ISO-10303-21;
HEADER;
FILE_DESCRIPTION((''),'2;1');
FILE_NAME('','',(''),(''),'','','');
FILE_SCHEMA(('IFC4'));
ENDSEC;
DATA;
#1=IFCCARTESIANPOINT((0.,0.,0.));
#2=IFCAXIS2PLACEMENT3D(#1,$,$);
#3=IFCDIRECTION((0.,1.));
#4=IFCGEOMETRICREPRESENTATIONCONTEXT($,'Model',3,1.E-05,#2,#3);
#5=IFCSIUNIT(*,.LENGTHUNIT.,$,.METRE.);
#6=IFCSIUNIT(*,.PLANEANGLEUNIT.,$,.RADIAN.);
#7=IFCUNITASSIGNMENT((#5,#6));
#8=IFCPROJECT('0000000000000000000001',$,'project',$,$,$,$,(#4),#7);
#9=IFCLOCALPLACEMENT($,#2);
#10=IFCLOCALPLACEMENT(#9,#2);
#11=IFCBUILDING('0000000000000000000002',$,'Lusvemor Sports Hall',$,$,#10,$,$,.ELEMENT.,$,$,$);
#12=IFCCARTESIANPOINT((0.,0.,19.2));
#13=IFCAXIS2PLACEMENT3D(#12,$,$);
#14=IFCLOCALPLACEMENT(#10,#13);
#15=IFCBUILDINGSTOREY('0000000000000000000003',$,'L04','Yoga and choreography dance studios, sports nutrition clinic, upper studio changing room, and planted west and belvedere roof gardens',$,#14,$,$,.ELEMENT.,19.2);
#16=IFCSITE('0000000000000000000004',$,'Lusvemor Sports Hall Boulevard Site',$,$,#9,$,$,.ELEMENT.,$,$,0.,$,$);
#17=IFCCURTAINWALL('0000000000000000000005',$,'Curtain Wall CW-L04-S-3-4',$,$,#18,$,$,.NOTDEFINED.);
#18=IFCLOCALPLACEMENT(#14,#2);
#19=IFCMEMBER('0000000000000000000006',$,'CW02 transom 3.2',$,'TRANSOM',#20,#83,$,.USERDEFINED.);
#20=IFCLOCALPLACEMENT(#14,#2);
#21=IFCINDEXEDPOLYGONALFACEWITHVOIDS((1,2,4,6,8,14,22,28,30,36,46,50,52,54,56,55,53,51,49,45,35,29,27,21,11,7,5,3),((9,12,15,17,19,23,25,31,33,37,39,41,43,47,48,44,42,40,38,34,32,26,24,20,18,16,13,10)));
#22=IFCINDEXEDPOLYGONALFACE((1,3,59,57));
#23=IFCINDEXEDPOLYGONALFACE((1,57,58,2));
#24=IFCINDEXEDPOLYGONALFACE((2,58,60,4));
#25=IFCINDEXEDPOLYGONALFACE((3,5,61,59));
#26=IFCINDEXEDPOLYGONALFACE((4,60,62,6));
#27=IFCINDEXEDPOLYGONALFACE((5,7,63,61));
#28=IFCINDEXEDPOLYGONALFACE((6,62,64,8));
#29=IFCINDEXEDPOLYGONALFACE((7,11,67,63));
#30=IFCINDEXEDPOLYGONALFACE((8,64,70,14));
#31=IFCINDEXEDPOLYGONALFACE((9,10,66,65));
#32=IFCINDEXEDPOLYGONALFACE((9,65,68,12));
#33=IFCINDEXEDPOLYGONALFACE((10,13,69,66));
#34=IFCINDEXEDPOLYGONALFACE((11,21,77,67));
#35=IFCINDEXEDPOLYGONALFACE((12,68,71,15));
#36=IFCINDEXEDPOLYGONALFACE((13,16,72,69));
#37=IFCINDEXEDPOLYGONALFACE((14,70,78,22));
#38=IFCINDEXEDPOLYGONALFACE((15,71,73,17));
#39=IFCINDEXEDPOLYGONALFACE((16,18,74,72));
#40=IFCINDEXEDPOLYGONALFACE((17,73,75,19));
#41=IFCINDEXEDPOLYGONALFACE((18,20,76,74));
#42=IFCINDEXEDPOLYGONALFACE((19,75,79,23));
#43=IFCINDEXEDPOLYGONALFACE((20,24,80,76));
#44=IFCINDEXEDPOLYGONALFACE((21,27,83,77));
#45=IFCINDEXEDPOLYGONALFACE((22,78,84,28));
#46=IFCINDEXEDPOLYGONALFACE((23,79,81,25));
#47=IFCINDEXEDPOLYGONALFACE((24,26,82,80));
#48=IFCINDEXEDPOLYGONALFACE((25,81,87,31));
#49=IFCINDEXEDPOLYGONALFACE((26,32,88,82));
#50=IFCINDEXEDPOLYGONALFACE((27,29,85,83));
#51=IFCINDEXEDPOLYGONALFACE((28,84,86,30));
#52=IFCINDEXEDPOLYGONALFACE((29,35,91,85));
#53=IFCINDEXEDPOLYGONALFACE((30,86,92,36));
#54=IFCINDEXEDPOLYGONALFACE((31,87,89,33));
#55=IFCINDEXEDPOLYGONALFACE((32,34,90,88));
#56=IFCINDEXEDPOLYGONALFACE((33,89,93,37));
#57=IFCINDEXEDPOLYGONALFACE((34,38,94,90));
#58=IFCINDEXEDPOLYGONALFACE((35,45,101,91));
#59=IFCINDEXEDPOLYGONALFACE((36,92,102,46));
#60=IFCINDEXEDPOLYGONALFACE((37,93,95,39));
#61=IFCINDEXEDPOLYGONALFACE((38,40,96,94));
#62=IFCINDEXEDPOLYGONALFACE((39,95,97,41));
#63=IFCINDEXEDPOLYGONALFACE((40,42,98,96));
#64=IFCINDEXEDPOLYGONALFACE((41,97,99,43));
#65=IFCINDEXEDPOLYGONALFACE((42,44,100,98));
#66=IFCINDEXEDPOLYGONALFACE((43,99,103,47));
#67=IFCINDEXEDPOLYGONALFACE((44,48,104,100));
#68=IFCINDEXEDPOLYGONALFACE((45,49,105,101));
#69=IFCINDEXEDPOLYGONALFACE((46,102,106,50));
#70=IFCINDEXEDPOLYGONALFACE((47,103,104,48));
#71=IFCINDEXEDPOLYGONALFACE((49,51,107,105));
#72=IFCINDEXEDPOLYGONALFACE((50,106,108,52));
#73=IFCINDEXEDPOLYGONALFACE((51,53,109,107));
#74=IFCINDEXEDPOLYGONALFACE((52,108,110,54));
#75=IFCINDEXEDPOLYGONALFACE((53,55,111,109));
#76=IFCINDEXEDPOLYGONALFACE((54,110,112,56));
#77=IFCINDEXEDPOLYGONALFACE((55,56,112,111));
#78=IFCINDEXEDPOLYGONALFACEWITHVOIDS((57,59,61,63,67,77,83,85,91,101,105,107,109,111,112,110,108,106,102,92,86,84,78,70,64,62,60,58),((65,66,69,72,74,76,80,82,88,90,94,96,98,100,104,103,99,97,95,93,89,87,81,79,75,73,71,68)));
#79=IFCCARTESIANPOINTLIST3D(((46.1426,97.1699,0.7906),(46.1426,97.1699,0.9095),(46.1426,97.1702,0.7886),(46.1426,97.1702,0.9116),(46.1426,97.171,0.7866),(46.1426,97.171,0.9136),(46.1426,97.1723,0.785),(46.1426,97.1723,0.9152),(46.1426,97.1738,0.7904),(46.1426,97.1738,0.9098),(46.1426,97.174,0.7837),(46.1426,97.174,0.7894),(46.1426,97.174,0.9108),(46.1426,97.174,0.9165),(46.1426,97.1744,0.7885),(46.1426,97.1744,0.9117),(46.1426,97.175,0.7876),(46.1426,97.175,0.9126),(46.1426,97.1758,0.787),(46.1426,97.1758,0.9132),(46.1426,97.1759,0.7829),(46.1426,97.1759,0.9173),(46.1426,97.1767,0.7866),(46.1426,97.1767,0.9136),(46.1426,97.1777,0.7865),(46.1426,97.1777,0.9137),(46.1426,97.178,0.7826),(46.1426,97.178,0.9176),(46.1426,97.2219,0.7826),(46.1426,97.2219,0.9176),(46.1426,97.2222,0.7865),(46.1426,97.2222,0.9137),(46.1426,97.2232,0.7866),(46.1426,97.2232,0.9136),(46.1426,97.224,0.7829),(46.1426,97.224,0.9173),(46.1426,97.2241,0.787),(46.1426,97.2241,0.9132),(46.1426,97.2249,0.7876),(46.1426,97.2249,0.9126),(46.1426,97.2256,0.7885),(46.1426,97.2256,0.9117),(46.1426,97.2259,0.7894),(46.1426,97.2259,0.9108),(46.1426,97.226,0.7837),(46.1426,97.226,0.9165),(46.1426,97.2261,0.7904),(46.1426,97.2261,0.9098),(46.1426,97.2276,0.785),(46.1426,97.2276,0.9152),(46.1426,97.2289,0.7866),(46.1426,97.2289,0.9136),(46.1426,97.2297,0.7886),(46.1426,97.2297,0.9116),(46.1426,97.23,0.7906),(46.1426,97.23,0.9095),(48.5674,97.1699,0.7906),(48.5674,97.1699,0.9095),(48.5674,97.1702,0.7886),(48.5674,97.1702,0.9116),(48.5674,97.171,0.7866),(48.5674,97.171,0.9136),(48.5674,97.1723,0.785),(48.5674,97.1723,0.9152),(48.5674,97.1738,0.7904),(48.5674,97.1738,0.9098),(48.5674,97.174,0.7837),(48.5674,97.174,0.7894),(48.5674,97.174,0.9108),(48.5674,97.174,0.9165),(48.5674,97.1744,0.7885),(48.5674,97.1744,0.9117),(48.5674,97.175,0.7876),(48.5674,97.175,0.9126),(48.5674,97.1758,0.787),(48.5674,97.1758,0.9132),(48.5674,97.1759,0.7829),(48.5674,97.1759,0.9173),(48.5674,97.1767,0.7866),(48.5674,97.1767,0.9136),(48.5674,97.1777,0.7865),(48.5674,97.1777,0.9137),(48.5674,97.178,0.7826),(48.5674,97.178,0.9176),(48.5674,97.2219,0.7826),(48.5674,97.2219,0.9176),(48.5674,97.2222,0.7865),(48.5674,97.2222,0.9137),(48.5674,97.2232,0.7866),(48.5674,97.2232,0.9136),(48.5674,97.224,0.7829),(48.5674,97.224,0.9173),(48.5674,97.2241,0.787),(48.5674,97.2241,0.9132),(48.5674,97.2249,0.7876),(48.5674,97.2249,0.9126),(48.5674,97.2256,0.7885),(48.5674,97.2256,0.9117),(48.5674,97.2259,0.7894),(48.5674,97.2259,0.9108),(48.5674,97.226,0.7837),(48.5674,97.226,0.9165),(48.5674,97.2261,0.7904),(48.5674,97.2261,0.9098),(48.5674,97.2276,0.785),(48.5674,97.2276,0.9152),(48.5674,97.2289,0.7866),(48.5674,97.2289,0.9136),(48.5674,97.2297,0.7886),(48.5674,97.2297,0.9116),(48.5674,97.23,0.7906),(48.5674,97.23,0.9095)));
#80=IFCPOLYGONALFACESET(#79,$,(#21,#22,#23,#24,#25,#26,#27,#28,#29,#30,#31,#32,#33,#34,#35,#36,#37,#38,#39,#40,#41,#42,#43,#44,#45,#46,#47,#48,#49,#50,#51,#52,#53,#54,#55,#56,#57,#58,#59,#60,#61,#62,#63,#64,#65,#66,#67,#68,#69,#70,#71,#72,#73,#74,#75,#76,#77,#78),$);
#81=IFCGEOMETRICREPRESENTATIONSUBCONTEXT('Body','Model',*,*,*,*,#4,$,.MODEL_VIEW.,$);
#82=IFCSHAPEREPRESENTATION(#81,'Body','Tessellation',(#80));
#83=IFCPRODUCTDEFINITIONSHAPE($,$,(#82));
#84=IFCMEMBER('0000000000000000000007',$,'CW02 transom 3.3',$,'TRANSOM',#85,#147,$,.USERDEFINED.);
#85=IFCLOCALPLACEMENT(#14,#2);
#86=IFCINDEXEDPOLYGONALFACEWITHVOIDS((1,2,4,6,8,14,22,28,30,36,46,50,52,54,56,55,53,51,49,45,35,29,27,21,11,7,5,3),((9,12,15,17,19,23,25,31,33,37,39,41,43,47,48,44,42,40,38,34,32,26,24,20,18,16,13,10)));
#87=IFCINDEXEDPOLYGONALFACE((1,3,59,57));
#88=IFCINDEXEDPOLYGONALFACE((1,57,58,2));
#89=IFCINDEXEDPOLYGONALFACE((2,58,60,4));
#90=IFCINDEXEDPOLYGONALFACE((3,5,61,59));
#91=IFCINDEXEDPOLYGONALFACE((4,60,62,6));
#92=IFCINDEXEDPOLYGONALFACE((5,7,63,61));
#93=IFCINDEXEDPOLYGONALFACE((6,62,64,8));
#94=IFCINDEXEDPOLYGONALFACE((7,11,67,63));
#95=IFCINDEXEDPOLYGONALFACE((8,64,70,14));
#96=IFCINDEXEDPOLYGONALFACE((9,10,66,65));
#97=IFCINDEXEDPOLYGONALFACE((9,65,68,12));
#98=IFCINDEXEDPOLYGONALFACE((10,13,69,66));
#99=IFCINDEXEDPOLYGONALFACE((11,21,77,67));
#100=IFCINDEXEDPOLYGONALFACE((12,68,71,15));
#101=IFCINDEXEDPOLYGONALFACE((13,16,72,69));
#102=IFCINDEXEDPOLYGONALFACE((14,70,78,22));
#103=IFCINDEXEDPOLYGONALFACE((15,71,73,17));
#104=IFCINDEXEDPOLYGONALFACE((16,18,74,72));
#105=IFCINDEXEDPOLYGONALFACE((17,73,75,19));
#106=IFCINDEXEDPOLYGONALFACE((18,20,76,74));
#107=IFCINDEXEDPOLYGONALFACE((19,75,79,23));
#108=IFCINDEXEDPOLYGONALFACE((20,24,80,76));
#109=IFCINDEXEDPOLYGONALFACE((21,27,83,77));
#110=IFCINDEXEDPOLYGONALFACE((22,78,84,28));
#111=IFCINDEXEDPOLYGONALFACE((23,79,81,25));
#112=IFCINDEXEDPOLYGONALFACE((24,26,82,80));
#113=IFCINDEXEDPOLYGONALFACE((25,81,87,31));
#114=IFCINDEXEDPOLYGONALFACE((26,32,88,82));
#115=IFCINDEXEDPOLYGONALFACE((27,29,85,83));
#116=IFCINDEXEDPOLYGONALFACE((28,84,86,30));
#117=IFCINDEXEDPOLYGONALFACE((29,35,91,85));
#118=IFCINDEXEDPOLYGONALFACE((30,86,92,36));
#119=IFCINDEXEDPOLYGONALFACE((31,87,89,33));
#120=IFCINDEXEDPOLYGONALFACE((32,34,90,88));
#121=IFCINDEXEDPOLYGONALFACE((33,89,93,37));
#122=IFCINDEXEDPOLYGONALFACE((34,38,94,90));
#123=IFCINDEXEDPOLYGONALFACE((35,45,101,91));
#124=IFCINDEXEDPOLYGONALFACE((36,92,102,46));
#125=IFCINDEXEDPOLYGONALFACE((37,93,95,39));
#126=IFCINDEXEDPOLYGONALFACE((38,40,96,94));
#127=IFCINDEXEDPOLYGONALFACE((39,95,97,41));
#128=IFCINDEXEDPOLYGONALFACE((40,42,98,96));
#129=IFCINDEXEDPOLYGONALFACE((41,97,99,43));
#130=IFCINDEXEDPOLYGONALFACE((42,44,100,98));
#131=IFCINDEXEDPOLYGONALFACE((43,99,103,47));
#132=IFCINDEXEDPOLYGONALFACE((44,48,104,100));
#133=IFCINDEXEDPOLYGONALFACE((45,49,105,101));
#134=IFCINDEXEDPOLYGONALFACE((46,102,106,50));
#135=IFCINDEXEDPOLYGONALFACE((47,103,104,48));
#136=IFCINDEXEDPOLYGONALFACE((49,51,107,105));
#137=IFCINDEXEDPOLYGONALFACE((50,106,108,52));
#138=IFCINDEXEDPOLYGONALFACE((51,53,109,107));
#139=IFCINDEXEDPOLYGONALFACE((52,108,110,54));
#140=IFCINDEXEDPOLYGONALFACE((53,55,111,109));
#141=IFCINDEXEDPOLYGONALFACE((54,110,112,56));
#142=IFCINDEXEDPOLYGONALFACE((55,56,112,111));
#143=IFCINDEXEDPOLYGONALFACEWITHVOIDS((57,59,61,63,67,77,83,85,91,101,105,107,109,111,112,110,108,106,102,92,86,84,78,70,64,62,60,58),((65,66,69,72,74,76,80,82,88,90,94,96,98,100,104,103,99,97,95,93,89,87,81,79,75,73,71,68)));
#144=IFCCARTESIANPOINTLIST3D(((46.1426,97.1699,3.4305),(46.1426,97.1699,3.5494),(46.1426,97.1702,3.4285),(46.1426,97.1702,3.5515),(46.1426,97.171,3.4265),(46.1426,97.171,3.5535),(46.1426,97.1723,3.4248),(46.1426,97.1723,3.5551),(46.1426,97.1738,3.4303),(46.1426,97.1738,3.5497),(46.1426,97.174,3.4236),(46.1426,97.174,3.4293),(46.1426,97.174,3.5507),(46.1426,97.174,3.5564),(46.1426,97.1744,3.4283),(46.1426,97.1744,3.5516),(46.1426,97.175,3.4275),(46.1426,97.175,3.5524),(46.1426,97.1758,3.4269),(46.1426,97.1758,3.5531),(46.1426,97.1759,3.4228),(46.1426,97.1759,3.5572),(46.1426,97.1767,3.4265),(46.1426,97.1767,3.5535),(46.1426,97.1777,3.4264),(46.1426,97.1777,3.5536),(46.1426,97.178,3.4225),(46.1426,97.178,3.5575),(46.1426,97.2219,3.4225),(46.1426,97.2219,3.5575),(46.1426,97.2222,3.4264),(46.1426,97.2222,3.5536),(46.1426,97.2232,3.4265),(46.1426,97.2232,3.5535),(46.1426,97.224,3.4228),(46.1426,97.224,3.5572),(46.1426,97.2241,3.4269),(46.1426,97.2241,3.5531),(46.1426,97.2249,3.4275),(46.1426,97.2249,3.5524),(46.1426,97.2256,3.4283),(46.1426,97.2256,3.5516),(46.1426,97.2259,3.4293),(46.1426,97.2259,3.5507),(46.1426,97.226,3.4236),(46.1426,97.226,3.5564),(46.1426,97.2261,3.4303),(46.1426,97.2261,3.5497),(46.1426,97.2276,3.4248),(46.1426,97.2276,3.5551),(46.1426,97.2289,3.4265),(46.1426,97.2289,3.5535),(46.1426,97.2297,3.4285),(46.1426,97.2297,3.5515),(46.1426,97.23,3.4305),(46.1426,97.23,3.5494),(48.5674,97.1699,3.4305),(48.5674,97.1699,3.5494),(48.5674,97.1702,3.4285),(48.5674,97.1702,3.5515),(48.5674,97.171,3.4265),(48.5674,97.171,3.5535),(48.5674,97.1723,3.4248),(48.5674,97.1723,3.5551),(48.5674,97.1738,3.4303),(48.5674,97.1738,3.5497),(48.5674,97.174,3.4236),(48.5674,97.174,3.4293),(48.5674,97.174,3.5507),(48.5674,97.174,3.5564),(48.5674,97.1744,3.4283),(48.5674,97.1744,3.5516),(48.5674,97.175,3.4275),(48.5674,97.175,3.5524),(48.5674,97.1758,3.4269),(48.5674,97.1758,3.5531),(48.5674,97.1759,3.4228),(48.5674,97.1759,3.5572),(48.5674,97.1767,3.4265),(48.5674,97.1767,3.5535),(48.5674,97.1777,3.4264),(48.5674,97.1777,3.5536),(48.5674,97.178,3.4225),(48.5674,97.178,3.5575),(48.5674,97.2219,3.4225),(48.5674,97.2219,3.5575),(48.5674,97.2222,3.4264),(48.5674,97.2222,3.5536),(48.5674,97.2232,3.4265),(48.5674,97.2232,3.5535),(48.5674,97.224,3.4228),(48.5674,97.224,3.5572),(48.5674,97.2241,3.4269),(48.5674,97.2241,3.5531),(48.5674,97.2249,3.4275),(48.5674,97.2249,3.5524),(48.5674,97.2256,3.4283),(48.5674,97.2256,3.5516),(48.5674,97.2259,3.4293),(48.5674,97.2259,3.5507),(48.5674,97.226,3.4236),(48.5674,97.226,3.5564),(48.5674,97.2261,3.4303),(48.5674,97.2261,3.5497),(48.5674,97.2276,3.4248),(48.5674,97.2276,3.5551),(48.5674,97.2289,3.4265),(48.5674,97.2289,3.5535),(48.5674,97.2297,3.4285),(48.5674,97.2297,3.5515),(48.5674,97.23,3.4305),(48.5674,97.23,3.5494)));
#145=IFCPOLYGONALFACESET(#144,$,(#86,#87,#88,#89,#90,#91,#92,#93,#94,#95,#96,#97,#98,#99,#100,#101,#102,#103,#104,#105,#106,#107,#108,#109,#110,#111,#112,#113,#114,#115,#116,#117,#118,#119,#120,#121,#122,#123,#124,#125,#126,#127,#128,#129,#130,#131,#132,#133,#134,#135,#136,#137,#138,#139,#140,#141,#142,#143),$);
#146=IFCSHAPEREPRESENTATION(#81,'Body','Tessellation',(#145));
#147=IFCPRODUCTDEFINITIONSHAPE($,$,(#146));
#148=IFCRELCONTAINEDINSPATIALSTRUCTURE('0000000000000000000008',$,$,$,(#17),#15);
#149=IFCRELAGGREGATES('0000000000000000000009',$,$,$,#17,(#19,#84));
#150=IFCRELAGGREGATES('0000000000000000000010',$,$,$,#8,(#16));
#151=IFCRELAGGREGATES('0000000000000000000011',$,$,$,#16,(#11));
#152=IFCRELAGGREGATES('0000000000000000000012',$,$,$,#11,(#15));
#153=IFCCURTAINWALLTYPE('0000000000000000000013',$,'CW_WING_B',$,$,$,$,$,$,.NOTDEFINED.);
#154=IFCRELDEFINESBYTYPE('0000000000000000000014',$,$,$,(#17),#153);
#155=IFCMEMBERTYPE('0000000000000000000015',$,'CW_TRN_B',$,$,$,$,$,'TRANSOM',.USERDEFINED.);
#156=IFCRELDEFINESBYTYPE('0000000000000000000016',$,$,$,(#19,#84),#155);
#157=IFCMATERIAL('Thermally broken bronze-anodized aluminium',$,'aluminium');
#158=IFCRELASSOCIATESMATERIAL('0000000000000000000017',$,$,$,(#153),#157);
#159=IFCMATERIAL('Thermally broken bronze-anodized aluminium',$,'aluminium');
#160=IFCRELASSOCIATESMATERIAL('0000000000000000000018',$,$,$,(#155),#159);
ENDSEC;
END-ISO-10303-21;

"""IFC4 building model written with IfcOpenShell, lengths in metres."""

from ifc_helpers import new_model, si_unit, direction, frame, origin, origin_2d, place, context, subcontext, project, spatial, hollow_rectangle, extrude, material, material_profile, profile_set, type_object, element, aggregate, save


model = new_model("IFC4")

# Units and contexts
model_context = context("Model", 3, precision=1e-05, world=origin(), true_north=direction((0.0, 1.0)))
body_context = subcontext(model_context, "Body", "Model", "MODEL_VIEW")
ifc_project = project(units=[si_unit("LENGTHUNIT", "METRE"), si_unit("PLANEANGLEUNIT", "RADIAN")], contexts=[model_context])

# Site, building, storey
site_placement = place(None, origin())
site = spatial("IfcSite", under=ifc_project, at=site_placement, Name="Lusvemor Sports Hall Boulevard Site", CompositionType="ELEMENT", RefElevation=0.0)
building_placement = place(site_placement, origin())
building = spatial("IfcBuilding", under=site, at=building_placement, Name="Lusvemor Sports Hall", CompositionType="ELEMENT")
storey_placement = place(building_placement, frame((0.0, 0.0, 19.2)))
storey = spatial("IfcBuildingStorey", under=building, at=storey_placement, Name="L04", Description="Yoga and choreography dance studios, sports nutrition clinic, upper studio changing room, and planted west and belvedere roof gardens", CompositionType="ELEMENT", Elevation=19.2)

# Shared definitions
ifc_material_1 = material(Name="Thermally broken bronze-anodized aluminium", Category="aluminium")
curtain_wall_type = type_object("IfcCurtainWallType", Name="CW_WING_B", PredefinedType="NOTDEFINED", material=ifc_material_1)

# Curtain wall
curtain_wall_1_placement = place(storey_placement, origin())
curtain_wall_1 = element("IfcCurtainWall", 1, at=curtain_wall_1_placement, inside=storey, type_object=curtain_wall_type, Name="Curtain Wall CW-L04-S-3-4", PredefinedType="NOTDEFINED")

# Members
ifc_material_2 = material(Name="Thermally broken bronze-anodized aluminium", Category="aluminium")
ifc_material_profile_1 = material_profile(ifc_material_2, hollow_rectangle(XDim=0.0601, YDim=0.135, WallThickness=0.0039, InnerFilletRadius=0.0039, OuterFilletRadius=0.0081, at=origin_2d()), Name="CWTRN135x60x4")
ifc_profile_set_1 = profile_set([ifc_material_profile_1], Name="Thermally broken bronze-anodized aluminium")
member_type_1 = type_object("IfcMemberType", Name="CW_TRN_B", ElementType="TRANSOM", PredefinedType="USERDEFINED", material=ifc_profile_set_1)
member_1_placement = place(storey_placement, frame((48.5674, 97.2, 0.8501), z_axis=(-1.0, 0.0, 0.0), x_axis=(0.0, -1.0, 0.0)))
member_1 = element("IfcMember", 2, at=member_1_placement, type_object=member_type_1, Name="CW02 transom 3.2", ObjectType="TRANSOM", PredefinedType="USERDEFINED", context=body_context, shape_type="SweptSolid", body=[
    extrude(hollow_rectangle(XDim=0.0601, YDim=0.135, WallThickness=0.0039, InnerFilletRadius=0.0039, OuterFilletRadius=0.0081, at=origin_2d()), origin(), (0.0, 0.0, 1.0), 2.4248),
])
member_2_placement = place(storey_placement, frame((48.5674, 97.2, 3.49), z_axis=(-1.0, 0.0, 0.0), x_axis=(0.0, -1.0, 0.0)))
member_2 = element("IfcMember", 3, at=member_2_placement, type_object=member_type_1, Name="CW02 transom 3.3", ObjectType="TRANSOM", PredefinedType="USERDEFINED", context=body_context, shape_type="SweptSolid", body=[
    extrude(hollow_rectangle(XDim=0.0601, YDim=0.135, WallThickness=0.0039, InnerFilletRadius=0.0039, OuterFilletRadius=0.0081, at=origin_2d()), origin(), (0.0, 0.0, 1.0), 2.4248),
])

aggregate(curtain_wall_1, [member_1, member_2])

save(model, "model.ifc")
